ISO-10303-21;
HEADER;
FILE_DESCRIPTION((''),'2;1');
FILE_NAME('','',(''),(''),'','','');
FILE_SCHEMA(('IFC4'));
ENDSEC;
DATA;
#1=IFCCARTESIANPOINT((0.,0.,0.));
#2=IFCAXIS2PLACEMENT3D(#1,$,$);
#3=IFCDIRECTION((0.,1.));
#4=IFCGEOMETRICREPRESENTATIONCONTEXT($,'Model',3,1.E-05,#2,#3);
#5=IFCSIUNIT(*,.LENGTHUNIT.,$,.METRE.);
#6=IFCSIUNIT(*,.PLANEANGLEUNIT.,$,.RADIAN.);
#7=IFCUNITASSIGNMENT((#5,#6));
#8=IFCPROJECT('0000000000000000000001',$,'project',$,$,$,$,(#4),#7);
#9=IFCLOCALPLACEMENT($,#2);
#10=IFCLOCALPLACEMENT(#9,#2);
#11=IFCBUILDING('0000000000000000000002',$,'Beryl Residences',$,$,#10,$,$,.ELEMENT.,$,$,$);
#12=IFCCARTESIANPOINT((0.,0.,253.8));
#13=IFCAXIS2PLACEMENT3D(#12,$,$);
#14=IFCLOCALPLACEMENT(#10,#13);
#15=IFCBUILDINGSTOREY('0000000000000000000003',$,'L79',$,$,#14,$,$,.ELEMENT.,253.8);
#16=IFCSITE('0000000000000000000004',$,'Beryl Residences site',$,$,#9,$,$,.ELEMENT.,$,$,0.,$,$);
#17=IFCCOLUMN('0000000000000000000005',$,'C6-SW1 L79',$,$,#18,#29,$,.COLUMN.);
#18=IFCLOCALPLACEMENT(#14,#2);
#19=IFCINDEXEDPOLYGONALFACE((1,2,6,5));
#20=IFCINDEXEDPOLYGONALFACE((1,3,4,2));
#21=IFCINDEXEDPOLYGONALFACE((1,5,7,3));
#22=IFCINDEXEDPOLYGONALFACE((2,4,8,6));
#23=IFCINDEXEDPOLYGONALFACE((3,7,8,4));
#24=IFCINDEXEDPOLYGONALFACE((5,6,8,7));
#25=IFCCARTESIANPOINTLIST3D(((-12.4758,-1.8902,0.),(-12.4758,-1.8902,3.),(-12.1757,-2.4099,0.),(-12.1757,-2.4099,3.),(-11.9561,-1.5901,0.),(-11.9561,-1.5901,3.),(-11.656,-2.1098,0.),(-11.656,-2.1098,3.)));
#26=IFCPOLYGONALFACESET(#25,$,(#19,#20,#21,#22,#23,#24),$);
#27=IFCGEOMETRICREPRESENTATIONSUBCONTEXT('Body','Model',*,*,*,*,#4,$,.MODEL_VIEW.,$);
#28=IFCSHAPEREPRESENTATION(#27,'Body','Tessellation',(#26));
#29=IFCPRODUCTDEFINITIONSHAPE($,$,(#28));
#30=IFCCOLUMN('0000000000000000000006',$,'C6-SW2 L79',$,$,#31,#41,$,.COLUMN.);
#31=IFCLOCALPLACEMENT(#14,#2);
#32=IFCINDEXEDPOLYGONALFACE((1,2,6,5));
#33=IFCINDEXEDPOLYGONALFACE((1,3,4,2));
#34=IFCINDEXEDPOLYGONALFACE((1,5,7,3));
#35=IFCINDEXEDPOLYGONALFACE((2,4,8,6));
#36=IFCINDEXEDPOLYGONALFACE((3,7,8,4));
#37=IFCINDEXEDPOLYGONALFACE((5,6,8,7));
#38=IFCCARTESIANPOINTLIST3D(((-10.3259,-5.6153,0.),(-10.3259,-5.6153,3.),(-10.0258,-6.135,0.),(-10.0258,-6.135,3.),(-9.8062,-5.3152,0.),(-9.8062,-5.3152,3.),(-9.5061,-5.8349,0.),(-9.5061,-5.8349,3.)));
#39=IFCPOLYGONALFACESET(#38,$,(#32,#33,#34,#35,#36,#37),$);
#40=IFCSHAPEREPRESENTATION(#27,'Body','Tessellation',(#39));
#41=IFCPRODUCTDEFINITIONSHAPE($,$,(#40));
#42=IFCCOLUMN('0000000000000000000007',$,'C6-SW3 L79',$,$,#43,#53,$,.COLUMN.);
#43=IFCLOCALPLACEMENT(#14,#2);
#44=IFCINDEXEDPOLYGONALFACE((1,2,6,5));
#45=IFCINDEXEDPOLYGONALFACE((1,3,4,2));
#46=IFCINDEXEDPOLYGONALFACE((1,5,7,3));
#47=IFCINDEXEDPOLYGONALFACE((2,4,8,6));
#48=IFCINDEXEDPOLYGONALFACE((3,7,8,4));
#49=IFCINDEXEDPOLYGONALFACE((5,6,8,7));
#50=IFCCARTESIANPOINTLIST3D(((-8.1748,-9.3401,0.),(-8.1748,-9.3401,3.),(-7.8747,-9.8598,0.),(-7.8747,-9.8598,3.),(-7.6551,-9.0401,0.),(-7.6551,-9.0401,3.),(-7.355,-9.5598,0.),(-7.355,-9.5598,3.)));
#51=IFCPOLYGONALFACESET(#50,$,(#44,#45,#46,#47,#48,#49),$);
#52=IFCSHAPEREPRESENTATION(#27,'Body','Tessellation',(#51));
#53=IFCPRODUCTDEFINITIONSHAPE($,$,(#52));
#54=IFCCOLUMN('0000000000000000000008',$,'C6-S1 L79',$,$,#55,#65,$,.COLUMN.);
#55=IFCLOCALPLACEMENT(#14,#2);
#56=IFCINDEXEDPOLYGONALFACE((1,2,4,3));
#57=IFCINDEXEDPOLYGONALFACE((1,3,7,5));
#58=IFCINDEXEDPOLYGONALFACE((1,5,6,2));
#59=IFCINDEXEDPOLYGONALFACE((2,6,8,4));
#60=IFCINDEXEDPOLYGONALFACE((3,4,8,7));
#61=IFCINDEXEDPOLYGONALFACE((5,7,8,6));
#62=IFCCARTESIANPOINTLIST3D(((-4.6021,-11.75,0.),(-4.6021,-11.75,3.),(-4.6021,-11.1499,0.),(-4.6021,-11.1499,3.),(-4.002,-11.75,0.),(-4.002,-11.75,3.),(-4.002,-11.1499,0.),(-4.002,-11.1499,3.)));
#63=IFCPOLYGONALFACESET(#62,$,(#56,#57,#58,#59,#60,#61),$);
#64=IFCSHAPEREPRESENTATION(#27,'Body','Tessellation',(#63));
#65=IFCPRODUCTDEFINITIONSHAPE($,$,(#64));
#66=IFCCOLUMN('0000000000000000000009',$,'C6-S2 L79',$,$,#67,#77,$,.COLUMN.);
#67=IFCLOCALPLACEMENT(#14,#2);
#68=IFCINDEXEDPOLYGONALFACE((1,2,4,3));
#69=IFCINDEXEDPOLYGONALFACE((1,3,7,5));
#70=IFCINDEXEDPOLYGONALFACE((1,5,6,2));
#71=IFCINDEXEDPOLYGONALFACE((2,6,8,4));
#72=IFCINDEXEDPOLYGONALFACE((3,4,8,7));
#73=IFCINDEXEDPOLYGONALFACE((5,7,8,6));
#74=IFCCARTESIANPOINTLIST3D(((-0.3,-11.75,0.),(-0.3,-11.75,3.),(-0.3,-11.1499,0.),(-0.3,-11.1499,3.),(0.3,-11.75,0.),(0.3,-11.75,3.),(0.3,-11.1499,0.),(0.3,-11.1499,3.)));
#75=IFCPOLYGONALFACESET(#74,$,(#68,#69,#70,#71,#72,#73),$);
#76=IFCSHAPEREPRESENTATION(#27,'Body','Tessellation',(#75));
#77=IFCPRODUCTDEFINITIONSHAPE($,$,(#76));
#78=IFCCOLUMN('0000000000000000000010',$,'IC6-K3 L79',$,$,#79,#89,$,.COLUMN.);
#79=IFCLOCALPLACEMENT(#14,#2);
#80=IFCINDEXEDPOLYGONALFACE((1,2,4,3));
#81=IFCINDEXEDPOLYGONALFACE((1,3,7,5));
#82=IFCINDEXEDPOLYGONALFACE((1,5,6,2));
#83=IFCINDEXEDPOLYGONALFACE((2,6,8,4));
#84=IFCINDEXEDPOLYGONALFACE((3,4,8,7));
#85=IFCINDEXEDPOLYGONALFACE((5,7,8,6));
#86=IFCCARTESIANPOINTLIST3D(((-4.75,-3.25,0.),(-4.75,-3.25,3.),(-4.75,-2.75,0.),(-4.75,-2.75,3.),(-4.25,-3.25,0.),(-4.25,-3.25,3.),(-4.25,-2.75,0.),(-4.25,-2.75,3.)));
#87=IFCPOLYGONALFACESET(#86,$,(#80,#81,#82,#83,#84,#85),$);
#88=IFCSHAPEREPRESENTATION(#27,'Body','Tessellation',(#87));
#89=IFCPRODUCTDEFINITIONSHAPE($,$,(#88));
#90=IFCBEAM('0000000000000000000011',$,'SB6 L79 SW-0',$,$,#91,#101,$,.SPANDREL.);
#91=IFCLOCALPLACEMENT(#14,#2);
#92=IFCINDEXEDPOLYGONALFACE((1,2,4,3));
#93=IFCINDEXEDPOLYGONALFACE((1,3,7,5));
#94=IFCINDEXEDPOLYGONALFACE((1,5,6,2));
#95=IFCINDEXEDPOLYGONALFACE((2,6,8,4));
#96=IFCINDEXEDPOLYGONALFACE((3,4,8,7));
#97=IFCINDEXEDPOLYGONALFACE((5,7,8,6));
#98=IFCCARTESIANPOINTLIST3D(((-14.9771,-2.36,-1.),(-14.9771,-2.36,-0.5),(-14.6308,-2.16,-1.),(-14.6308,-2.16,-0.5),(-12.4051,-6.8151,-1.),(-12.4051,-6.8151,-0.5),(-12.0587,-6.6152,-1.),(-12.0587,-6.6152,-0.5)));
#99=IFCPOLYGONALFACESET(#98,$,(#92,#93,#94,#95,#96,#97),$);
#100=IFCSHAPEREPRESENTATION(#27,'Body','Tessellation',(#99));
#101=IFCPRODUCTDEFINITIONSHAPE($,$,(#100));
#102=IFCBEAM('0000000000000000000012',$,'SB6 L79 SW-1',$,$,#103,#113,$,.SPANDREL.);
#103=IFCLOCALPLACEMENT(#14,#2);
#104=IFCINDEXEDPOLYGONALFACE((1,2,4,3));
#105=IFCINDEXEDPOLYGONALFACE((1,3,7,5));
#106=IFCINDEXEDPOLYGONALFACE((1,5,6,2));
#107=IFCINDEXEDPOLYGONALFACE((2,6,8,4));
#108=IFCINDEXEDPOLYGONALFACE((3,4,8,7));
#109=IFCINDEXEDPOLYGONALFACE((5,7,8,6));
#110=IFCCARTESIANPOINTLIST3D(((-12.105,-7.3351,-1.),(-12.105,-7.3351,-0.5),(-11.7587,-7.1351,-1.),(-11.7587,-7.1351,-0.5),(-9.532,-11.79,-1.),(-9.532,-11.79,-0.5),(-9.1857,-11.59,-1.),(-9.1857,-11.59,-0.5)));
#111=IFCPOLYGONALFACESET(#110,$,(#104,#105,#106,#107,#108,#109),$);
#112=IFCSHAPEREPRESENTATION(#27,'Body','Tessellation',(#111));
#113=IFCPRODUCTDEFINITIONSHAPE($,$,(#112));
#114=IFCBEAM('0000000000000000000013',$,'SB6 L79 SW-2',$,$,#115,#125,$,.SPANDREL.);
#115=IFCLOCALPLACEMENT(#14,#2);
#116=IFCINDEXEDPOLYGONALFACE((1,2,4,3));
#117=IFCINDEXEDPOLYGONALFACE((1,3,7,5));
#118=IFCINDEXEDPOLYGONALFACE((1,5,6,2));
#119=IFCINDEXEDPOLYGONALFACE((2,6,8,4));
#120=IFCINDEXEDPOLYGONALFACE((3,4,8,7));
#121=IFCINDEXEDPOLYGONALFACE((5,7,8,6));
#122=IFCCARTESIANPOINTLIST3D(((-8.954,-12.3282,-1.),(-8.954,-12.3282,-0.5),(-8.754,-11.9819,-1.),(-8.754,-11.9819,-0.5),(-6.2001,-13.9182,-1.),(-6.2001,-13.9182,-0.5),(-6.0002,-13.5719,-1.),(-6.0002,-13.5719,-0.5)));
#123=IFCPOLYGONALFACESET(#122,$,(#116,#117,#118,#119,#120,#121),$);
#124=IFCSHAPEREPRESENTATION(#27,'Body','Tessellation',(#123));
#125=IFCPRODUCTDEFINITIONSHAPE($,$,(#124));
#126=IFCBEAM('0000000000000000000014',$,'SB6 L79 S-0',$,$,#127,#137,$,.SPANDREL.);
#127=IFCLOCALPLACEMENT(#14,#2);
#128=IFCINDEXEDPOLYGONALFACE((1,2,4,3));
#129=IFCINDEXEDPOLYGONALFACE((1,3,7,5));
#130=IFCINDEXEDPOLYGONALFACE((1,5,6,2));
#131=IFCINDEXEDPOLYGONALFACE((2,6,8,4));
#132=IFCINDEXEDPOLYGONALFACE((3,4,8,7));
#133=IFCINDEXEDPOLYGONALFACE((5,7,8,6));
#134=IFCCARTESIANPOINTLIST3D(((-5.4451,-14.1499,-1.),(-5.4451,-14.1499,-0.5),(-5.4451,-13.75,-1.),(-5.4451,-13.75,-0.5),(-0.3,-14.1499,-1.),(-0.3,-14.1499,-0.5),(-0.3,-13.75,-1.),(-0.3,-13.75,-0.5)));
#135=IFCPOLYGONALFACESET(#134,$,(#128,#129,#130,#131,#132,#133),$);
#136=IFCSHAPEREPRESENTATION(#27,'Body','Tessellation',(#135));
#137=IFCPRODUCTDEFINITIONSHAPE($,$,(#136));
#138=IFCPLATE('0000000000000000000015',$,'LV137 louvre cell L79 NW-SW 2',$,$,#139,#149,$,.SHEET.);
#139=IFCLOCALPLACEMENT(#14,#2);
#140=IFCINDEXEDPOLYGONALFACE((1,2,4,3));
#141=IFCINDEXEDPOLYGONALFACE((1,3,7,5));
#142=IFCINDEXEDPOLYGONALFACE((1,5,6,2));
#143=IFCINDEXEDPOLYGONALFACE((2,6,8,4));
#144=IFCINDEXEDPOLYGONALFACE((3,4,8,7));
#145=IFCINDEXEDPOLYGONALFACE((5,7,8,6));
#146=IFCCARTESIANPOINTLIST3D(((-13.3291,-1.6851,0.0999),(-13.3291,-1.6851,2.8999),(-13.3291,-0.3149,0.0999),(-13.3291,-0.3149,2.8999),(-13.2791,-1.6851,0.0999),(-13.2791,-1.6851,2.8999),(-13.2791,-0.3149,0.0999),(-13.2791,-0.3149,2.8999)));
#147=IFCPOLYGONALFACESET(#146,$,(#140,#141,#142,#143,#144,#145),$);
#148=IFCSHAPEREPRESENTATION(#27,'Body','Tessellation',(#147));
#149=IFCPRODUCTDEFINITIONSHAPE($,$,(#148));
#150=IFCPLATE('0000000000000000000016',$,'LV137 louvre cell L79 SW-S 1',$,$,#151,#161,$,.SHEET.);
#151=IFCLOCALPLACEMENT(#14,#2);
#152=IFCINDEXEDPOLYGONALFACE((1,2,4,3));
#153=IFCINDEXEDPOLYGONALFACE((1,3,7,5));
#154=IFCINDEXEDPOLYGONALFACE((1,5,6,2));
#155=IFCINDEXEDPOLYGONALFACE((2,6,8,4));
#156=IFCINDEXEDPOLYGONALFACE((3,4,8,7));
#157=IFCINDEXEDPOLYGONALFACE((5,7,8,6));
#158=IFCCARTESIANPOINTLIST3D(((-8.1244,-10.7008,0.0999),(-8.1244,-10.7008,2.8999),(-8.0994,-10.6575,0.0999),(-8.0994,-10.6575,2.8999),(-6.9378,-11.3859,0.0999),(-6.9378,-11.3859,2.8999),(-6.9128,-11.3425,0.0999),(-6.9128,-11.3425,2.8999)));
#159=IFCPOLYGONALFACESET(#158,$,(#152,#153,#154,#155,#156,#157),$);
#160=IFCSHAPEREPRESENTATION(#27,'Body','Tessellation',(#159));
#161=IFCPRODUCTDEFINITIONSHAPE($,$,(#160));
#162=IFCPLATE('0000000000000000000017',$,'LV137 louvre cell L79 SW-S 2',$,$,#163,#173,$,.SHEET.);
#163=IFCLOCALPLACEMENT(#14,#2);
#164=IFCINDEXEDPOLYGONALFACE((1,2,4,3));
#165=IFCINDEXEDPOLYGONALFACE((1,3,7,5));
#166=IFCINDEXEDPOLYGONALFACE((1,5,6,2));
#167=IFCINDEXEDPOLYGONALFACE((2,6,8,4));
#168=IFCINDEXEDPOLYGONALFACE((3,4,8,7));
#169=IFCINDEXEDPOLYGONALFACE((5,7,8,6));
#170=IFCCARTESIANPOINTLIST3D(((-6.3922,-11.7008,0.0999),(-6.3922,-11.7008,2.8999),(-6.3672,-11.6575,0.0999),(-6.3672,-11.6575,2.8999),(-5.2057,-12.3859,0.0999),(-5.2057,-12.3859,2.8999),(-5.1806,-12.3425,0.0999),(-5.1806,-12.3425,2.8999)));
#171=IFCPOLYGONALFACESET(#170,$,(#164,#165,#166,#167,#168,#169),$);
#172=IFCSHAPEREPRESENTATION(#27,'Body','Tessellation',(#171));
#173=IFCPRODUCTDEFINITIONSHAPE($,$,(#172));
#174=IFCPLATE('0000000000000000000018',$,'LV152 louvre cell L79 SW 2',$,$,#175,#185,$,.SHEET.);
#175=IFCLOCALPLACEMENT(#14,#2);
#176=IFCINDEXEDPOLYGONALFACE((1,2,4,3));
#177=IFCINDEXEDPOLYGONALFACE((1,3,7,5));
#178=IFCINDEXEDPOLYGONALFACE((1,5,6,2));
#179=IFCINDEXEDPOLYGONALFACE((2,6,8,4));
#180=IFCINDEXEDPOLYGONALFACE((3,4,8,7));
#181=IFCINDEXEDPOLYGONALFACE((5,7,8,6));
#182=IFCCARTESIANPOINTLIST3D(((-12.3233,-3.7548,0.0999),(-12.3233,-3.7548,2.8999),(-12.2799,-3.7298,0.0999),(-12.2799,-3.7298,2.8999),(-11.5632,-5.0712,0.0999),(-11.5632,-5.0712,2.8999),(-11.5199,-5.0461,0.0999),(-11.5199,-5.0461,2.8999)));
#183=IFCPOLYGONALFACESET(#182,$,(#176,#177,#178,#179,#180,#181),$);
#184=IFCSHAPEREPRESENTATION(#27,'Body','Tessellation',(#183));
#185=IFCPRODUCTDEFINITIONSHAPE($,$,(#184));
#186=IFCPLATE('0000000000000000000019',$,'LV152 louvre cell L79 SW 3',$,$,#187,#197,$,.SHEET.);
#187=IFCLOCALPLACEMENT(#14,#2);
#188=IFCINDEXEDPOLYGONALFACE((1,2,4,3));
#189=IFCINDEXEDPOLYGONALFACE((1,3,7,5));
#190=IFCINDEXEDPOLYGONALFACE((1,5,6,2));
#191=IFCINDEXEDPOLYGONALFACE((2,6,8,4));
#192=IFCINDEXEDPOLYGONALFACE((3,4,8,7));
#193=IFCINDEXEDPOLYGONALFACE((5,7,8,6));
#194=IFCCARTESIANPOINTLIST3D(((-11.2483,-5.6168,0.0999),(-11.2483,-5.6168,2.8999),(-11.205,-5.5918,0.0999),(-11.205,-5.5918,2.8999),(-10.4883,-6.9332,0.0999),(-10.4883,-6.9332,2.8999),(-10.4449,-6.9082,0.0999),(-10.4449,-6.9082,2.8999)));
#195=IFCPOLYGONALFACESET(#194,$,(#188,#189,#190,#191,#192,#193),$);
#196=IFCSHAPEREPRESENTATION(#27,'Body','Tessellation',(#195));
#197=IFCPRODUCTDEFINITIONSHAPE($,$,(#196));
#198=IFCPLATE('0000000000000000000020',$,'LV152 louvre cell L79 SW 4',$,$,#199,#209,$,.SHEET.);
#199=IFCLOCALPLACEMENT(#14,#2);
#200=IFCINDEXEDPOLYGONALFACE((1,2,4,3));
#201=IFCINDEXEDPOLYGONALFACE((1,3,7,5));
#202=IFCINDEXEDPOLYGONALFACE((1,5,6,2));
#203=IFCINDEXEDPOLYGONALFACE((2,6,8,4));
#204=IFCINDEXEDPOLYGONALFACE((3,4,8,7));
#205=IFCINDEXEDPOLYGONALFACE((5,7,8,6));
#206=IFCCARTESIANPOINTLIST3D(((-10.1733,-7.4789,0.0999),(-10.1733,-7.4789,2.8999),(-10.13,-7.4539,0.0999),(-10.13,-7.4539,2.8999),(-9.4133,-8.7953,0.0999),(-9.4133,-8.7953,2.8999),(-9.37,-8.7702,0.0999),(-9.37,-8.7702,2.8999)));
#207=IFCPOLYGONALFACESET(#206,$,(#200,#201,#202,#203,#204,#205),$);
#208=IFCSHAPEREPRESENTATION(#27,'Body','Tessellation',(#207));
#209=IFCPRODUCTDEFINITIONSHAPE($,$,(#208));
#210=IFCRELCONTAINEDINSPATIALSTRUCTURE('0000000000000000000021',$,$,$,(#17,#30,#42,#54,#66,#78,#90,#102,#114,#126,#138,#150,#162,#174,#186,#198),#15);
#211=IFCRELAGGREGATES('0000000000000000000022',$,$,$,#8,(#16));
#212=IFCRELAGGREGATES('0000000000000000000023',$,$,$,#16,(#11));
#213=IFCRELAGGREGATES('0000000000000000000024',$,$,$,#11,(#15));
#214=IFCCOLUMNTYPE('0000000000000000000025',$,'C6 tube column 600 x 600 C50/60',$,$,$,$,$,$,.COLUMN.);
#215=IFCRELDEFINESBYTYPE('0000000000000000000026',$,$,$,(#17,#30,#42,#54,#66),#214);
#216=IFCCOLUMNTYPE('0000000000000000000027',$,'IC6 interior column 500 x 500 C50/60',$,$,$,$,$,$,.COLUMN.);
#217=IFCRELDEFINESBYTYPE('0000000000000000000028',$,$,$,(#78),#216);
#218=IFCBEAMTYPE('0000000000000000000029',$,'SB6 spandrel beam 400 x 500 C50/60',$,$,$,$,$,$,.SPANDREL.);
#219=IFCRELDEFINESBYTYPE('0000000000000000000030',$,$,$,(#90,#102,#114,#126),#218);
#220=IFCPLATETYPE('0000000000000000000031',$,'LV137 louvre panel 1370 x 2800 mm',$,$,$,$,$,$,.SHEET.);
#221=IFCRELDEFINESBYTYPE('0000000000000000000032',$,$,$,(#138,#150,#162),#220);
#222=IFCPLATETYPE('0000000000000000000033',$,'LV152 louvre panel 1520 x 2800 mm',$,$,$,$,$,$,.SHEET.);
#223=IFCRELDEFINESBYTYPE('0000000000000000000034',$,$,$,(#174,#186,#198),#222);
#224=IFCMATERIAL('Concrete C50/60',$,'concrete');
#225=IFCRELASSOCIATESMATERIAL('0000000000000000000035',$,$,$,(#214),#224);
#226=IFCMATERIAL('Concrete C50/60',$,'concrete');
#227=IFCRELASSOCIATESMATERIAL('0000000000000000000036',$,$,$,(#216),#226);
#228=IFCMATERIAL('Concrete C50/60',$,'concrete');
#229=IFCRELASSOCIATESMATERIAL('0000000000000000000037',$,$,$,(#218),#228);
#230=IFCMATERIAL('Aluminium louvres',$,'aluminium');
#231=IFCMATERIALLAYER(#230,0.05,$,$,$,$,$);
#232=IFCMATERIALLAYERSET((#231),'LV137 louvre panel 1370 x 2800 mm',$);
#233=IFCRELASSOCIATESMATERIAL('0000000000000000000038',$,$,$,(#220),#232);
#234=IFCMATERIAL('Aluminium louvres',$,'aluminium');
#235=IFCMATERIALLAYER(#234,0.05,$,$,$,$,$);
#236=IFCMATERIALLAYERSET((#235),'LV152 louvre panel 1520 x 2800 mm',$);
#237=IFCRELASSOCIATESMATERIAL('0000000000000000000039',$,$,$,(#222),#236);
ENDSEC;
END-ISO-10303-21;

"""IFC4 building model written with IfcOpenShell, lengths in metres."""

from ifc_helpers import new_model, si_unit, direction, frame, origin, origin_2d, place, context, subcontext, project, spatial, polyline, rectangle, outline, extrude, source, transform, mapped, material, layer, layer_set, material_profile, profile_set, type_object, type_shapes, element, save


model = new_model("IFC4")

# Units and contexts
model_context = context("Model", 3, precision=1e-05, world=origin(), true_north=direction((0.0, 1.0)))
body_context = subcontext(model_context, "Body", "Model", "MODEL_VIEW")
ifc_project = project(units=[si_unit("LENGTHUNIT", "METRE"), si_unit("PLANEANGLEUNIT", "RADIAN")], contexts=[model_context])

# Site, building, storey
site_placement = place(None, origin())
site = spatial("IfcSite", under=ifc_project, at=site_placement, Name="Beryl Residences site", CompositionType="ELEMENT", RefElevation=0.0)
building_placement = place(site_placement, origin())
building = spatial("IfcBuilding", under=site, at=building_placement, Name="Beryl Residences", CompositionType="ELEMENT")
storey_placement = place(building_placement, frame((0.0, 0.0, 253.8)))
storey = spatial("IfcBuildingStorey", under=building, at=storey_placement, Name="L79", CompositionType="ELEMENT", Elevation=253.8)

# Columns
ifc_material_1 = material(Name="Concrete C50/60", Category="concrete")
ifc_material_profile_1 = material_profile(ifc_material_1, rectangle(XDim=0.6001, YDim=0.6001, at=origin_2d()))
ifc_profile_set_1 = profile_set([ifc_material_profile_1], Name="Concrete C50/60")
column_type_1 = type_object("IfcColumnType", Name="C6 tube column 600 x 600 C50/60", PredefinedType="COLUMN", material=ifc_profile_set_1)
for number, where, z_axis, x_axis, name in (
    (1, (-12.0659, -2.0, 0.0), (0.0, 0.0, 1.0), (0.5, -0.866025, 0.0), "C6-SW1 L79"),
    (2, (-9.916, -5.7251, 0.0), (0.0, 0.0, 1.0), (0.5, -0.866025, 0.0), "C6-SW2 L79"),
    (3, (-7.7649, -9.45, 0.0), (0.0, 0.0, 1.0), (0.5, -0.866025, 0.0), "C6-SW3 L79"),
    (4, (-4.302, -11.45, 0.0), (0.0, 0.0, 1.0), (1.0, 0.0, 0.0), "C6-S1 L79"),
    (5, (0.0, -11.45, 0.0), (0.0, 0.0, 1.0), (1.0, 0.0, 0.0), "C6-S2 L79"),
):
    element("IfcColumn", number, at=place(storey_placement, frame(where, z_axis=z_axis, x_axis=x_axis)), inside=storey, type_object=column_type_1, Name=name, PredefinedType="COLUMN", context=body_context, shape_type="SweptSolid", body=[
        extrude(rectangle(XDim=0.6001, YDim=0.6001, at=origin_2d()), origin(), (0.0, 0.0, 1.0), 3.0),
    ])
ifc_material_2 = material(Name="Concrete C50/60", Category="concrete")
ifc_material_profile_2 = material_profile(ifc_material_2, rectangle(XDim=0.5, YDim=0.5, at=origin_2d()))
ifc_profile_set_2 = profile_set([ifc_material_profile_2], Name="Concrete C50/60")
column_type_2 = type_object("IfcColumnType", Name="IC6 interior column 500 x 500 C50/60", PredefinedType="COLUMN", material=ifc_profile_set_2)
column_placement = place(storey_placement, frame((-4.5, -3.0, 0.0), z_axis=(0.0, 0.0, 1.0), x_axis=(1.0, 0.0, 0.0)))
element("IfcColumn", 6, at=column_placement, inside=storey, type_object=column_type_2, Name="IC6-K3 L79", PredefinedType="COLUMN", context=body_context, shape_type="SweptSolid", body=[
    extrude(rectangle(XDim=0.5, YDim=0.5, at=origin_2d()), origin(), (0.0, 0.0, 1.0), 3.0),
])

# Beams
ifc_material_3 = material(Name="Concrete C50/60", Category="concrete")
ifc_material_profile_3 = material_profile(ifc_material_3, rectangle(XDim=0.3999, YDim=0.5, at=origin_2d()))
ifc_profile_set_3 = profile_set([ifc_material_profile_3], Name="Concrete C50/60")
beam_type = type_object("IfcBeamType", Name="SB6 spandrel beam 400 x 500 C50/60", PredefinedType="SPANDREL", material=ifc_profile_set_3)
beam_1_placement = place(storey_placement, frame((-14.804, -2.26, -0.75), z_axis=(0.499983, -0.866035, 0.0), x_axis=(0.866035, 0.499983, 0.0)))
element("IfcBeam", 7, at=beam_1_placement, inside=storey, type_object=beam_type, Name="SB6 L79 SW-0", PredefinedType="SPANDREL", context=body_context, shape_type="SweptSolid", body=[
    extrude(rectangle(XDim=0.3999, YDim=0.5, at=origin_2d()), origin(), (0.0, 0.0, 1.0), 5.1443),
])
beam_2_placement = place(storey_placement, frame((-11.9319, -7.2351, -0.75), z_axis=(0.500146, -0.865941, 0.0), x_axis=(0.865941, 0.500146, 0.0)))
element("IfcBeam", 8, at=beam_2_placement, inside=storey, type_object=beam_type, Name="SB6 L79 SW-1", PredefinedType="SPANDREL", context=body_context, shape_type="SweptSolid", body=[
    extrude(rectangle(XDim=0.3999, YDim=0.5, at=origin_2d()), origin(), (0.0, 0.0, 1.0), 5.1445),
])
beam_3_placement = place(storey_placement, frame((-8.854, -12.155, -0.75), z_axis=(0.866009, -0.500028, 0.0), x_axis=(0.500028, 0.866009, 0.0)))
element("IfcBeam", 9, at=beam_3_placement, inside=storey, type_object=beam_type, Name="SB6 L79 SW-2", PredefinedType="SPANDREL", context=body_context, shape_type="SweptSolid", body=[
    extrude(rectangle(XDim=0.3999, YDim=0.5, at=origin_2d()), origin(), (0.0, 0.0, 1.0), 3.1799),
])
beam_4_placement = place(storey_placement, frame((-5.4451, -13.95, -0.75), z_axis=(1.0, 0.0, 0.0), x_axis=(0.0, 1.0, 0.0)))
element("IfcBeam", 10, at=beam_4_placement, inside=storey, type_object=beam_type, Name="SB6 L79 S-0", PredefinedType="SPANDREL", context=body_context, shape_type="SweptSolid", body=[
    extrude(rectangle(XDim=0.3999, YDim=0.5, at=origin_2d()), origin(), (0.0, 0.0, 1.0), 5.145),
])

# Plates
ifc_material_4 = material(Name="Aluminium louvres", Category="aluminium")
ifc_layer_1 = layer(ifc_material_4, 0.05)
ifc_layer_set_1 = layer_set([ifc_layer_1], Name="LV137 louvre panel 1370 x 2800 mm")
plate_type_1 = type_object("IfcPlateType", Name="LV137 louvre panel 1370 x 2800 mm", PredefinedType="SHEET", material=ifc_layer_set_1)
shared_shape_1 = source(origin(), body_context, "Body", "SweptSolid", [
    extrude(outline(polyline([(-0.6851, 0.0), (0.6851, 0.0), (0.6851, 0.05), (-0.6851, 0.05), (-0.6851, 0.0)])), origin(), (0.0, 0.0, 1.0), 2.8),
])
type_shapes(plate_type_1, [shared_shape_1])
for number, where, z_axis, x_axis, name in (
    (11, (-13.2791, -1.0, 0.0999), (0.0, 0.0, 1.0), (0.0, 1.0, 0.0), "LV137 louvre cell L79 NW-SW 2"),
    (12, (-7.5061, -11.0, 0.0999), (0.0, 0.0, 1.0), (-0.866025, 0.5, 0.0), "LV137 louvre cell L79 SW-S 1"),
    (13, (-5.7739, -12.0, 0.0999), (0.0, 0.0, 1.0), (-0.866025, 0.5, 0.0), "LV137 louvre cell L79 SW-S 2"),
):
    element("IfcPlate", number, at=place(storey_placement, frame(where, z_axis=z_axis, x_axis=x_axis)), inside=storey, type_object=plate_type_1, Name=name, PredefinedType="SHEET", context=body_context, shape_type="MappedRepresentation", body=[
        mapped(shared_shape_1, transform((0.0, 0.0, 0.0))),
    ])
ifc_material_5 = material(Name="Aluminium louvres", Category="aluminium")
ifc_layer_2 = layer(ifc_material_5, 0.05)
ifc_layer_set_2 = layer_set([ifc_layer_2], Name="LV152 louvre panel 1520 x 2800 mm")
plate_type_2 = type_object("IfcPlateType", Name="LV152 louvre panel 1520 x 2800 mm", PredefinedType="SHEET", material=ifc_layer_set_2)
shared_shape_2 = source(origin(), body_context, "Body", "SweptSolid", [
    extrude(outline(polyline([(-0.76, 0.0), (0.76, 0.0), (0.76, 0.05), (-0.76, 0.05), (-0.76, 0.0)])), origin(), (0.0, 0.0, 1.0), 2.8),
])
type_shapes(plate_type_2, [shared_shape_2])
for number, where, z_axis, x_axis, name in (
    (14, (-11.8999, -4.3879, 0.0999), (0.0, 0.0, 1.0), (-0.5, 0.866025, 0.0), "LV152 louvre cell L79 SW 2"),
    (15, (-10.825, -6.25, 0.0999), (0.0, 0.0, 1.0), (-0.5, 0.866025, 0.0), "LV152 louvre cell L79 SW 3"),
    (16, (-9.75, -8.1121, 0.0999), (0.0, 0.0, 1.0), (-0.5, 0.866025, 0.0), "LV152 louvre cell L79 SW 4"),
):
    element("IfcPlate", number, at=place(storey_placement, frame(where, z_axis=z_axis, x_axis=x_axis)), inside=storey, type_object=plate_type_2, Name=name, PredefinedType="SHEET", context=body_context, shape_type="MappedRepresentation", body=[
        mapped(shared_shape_2, transform((0.0, 0.0, 0.0))),
    ])

save(model, "model.ifc")
